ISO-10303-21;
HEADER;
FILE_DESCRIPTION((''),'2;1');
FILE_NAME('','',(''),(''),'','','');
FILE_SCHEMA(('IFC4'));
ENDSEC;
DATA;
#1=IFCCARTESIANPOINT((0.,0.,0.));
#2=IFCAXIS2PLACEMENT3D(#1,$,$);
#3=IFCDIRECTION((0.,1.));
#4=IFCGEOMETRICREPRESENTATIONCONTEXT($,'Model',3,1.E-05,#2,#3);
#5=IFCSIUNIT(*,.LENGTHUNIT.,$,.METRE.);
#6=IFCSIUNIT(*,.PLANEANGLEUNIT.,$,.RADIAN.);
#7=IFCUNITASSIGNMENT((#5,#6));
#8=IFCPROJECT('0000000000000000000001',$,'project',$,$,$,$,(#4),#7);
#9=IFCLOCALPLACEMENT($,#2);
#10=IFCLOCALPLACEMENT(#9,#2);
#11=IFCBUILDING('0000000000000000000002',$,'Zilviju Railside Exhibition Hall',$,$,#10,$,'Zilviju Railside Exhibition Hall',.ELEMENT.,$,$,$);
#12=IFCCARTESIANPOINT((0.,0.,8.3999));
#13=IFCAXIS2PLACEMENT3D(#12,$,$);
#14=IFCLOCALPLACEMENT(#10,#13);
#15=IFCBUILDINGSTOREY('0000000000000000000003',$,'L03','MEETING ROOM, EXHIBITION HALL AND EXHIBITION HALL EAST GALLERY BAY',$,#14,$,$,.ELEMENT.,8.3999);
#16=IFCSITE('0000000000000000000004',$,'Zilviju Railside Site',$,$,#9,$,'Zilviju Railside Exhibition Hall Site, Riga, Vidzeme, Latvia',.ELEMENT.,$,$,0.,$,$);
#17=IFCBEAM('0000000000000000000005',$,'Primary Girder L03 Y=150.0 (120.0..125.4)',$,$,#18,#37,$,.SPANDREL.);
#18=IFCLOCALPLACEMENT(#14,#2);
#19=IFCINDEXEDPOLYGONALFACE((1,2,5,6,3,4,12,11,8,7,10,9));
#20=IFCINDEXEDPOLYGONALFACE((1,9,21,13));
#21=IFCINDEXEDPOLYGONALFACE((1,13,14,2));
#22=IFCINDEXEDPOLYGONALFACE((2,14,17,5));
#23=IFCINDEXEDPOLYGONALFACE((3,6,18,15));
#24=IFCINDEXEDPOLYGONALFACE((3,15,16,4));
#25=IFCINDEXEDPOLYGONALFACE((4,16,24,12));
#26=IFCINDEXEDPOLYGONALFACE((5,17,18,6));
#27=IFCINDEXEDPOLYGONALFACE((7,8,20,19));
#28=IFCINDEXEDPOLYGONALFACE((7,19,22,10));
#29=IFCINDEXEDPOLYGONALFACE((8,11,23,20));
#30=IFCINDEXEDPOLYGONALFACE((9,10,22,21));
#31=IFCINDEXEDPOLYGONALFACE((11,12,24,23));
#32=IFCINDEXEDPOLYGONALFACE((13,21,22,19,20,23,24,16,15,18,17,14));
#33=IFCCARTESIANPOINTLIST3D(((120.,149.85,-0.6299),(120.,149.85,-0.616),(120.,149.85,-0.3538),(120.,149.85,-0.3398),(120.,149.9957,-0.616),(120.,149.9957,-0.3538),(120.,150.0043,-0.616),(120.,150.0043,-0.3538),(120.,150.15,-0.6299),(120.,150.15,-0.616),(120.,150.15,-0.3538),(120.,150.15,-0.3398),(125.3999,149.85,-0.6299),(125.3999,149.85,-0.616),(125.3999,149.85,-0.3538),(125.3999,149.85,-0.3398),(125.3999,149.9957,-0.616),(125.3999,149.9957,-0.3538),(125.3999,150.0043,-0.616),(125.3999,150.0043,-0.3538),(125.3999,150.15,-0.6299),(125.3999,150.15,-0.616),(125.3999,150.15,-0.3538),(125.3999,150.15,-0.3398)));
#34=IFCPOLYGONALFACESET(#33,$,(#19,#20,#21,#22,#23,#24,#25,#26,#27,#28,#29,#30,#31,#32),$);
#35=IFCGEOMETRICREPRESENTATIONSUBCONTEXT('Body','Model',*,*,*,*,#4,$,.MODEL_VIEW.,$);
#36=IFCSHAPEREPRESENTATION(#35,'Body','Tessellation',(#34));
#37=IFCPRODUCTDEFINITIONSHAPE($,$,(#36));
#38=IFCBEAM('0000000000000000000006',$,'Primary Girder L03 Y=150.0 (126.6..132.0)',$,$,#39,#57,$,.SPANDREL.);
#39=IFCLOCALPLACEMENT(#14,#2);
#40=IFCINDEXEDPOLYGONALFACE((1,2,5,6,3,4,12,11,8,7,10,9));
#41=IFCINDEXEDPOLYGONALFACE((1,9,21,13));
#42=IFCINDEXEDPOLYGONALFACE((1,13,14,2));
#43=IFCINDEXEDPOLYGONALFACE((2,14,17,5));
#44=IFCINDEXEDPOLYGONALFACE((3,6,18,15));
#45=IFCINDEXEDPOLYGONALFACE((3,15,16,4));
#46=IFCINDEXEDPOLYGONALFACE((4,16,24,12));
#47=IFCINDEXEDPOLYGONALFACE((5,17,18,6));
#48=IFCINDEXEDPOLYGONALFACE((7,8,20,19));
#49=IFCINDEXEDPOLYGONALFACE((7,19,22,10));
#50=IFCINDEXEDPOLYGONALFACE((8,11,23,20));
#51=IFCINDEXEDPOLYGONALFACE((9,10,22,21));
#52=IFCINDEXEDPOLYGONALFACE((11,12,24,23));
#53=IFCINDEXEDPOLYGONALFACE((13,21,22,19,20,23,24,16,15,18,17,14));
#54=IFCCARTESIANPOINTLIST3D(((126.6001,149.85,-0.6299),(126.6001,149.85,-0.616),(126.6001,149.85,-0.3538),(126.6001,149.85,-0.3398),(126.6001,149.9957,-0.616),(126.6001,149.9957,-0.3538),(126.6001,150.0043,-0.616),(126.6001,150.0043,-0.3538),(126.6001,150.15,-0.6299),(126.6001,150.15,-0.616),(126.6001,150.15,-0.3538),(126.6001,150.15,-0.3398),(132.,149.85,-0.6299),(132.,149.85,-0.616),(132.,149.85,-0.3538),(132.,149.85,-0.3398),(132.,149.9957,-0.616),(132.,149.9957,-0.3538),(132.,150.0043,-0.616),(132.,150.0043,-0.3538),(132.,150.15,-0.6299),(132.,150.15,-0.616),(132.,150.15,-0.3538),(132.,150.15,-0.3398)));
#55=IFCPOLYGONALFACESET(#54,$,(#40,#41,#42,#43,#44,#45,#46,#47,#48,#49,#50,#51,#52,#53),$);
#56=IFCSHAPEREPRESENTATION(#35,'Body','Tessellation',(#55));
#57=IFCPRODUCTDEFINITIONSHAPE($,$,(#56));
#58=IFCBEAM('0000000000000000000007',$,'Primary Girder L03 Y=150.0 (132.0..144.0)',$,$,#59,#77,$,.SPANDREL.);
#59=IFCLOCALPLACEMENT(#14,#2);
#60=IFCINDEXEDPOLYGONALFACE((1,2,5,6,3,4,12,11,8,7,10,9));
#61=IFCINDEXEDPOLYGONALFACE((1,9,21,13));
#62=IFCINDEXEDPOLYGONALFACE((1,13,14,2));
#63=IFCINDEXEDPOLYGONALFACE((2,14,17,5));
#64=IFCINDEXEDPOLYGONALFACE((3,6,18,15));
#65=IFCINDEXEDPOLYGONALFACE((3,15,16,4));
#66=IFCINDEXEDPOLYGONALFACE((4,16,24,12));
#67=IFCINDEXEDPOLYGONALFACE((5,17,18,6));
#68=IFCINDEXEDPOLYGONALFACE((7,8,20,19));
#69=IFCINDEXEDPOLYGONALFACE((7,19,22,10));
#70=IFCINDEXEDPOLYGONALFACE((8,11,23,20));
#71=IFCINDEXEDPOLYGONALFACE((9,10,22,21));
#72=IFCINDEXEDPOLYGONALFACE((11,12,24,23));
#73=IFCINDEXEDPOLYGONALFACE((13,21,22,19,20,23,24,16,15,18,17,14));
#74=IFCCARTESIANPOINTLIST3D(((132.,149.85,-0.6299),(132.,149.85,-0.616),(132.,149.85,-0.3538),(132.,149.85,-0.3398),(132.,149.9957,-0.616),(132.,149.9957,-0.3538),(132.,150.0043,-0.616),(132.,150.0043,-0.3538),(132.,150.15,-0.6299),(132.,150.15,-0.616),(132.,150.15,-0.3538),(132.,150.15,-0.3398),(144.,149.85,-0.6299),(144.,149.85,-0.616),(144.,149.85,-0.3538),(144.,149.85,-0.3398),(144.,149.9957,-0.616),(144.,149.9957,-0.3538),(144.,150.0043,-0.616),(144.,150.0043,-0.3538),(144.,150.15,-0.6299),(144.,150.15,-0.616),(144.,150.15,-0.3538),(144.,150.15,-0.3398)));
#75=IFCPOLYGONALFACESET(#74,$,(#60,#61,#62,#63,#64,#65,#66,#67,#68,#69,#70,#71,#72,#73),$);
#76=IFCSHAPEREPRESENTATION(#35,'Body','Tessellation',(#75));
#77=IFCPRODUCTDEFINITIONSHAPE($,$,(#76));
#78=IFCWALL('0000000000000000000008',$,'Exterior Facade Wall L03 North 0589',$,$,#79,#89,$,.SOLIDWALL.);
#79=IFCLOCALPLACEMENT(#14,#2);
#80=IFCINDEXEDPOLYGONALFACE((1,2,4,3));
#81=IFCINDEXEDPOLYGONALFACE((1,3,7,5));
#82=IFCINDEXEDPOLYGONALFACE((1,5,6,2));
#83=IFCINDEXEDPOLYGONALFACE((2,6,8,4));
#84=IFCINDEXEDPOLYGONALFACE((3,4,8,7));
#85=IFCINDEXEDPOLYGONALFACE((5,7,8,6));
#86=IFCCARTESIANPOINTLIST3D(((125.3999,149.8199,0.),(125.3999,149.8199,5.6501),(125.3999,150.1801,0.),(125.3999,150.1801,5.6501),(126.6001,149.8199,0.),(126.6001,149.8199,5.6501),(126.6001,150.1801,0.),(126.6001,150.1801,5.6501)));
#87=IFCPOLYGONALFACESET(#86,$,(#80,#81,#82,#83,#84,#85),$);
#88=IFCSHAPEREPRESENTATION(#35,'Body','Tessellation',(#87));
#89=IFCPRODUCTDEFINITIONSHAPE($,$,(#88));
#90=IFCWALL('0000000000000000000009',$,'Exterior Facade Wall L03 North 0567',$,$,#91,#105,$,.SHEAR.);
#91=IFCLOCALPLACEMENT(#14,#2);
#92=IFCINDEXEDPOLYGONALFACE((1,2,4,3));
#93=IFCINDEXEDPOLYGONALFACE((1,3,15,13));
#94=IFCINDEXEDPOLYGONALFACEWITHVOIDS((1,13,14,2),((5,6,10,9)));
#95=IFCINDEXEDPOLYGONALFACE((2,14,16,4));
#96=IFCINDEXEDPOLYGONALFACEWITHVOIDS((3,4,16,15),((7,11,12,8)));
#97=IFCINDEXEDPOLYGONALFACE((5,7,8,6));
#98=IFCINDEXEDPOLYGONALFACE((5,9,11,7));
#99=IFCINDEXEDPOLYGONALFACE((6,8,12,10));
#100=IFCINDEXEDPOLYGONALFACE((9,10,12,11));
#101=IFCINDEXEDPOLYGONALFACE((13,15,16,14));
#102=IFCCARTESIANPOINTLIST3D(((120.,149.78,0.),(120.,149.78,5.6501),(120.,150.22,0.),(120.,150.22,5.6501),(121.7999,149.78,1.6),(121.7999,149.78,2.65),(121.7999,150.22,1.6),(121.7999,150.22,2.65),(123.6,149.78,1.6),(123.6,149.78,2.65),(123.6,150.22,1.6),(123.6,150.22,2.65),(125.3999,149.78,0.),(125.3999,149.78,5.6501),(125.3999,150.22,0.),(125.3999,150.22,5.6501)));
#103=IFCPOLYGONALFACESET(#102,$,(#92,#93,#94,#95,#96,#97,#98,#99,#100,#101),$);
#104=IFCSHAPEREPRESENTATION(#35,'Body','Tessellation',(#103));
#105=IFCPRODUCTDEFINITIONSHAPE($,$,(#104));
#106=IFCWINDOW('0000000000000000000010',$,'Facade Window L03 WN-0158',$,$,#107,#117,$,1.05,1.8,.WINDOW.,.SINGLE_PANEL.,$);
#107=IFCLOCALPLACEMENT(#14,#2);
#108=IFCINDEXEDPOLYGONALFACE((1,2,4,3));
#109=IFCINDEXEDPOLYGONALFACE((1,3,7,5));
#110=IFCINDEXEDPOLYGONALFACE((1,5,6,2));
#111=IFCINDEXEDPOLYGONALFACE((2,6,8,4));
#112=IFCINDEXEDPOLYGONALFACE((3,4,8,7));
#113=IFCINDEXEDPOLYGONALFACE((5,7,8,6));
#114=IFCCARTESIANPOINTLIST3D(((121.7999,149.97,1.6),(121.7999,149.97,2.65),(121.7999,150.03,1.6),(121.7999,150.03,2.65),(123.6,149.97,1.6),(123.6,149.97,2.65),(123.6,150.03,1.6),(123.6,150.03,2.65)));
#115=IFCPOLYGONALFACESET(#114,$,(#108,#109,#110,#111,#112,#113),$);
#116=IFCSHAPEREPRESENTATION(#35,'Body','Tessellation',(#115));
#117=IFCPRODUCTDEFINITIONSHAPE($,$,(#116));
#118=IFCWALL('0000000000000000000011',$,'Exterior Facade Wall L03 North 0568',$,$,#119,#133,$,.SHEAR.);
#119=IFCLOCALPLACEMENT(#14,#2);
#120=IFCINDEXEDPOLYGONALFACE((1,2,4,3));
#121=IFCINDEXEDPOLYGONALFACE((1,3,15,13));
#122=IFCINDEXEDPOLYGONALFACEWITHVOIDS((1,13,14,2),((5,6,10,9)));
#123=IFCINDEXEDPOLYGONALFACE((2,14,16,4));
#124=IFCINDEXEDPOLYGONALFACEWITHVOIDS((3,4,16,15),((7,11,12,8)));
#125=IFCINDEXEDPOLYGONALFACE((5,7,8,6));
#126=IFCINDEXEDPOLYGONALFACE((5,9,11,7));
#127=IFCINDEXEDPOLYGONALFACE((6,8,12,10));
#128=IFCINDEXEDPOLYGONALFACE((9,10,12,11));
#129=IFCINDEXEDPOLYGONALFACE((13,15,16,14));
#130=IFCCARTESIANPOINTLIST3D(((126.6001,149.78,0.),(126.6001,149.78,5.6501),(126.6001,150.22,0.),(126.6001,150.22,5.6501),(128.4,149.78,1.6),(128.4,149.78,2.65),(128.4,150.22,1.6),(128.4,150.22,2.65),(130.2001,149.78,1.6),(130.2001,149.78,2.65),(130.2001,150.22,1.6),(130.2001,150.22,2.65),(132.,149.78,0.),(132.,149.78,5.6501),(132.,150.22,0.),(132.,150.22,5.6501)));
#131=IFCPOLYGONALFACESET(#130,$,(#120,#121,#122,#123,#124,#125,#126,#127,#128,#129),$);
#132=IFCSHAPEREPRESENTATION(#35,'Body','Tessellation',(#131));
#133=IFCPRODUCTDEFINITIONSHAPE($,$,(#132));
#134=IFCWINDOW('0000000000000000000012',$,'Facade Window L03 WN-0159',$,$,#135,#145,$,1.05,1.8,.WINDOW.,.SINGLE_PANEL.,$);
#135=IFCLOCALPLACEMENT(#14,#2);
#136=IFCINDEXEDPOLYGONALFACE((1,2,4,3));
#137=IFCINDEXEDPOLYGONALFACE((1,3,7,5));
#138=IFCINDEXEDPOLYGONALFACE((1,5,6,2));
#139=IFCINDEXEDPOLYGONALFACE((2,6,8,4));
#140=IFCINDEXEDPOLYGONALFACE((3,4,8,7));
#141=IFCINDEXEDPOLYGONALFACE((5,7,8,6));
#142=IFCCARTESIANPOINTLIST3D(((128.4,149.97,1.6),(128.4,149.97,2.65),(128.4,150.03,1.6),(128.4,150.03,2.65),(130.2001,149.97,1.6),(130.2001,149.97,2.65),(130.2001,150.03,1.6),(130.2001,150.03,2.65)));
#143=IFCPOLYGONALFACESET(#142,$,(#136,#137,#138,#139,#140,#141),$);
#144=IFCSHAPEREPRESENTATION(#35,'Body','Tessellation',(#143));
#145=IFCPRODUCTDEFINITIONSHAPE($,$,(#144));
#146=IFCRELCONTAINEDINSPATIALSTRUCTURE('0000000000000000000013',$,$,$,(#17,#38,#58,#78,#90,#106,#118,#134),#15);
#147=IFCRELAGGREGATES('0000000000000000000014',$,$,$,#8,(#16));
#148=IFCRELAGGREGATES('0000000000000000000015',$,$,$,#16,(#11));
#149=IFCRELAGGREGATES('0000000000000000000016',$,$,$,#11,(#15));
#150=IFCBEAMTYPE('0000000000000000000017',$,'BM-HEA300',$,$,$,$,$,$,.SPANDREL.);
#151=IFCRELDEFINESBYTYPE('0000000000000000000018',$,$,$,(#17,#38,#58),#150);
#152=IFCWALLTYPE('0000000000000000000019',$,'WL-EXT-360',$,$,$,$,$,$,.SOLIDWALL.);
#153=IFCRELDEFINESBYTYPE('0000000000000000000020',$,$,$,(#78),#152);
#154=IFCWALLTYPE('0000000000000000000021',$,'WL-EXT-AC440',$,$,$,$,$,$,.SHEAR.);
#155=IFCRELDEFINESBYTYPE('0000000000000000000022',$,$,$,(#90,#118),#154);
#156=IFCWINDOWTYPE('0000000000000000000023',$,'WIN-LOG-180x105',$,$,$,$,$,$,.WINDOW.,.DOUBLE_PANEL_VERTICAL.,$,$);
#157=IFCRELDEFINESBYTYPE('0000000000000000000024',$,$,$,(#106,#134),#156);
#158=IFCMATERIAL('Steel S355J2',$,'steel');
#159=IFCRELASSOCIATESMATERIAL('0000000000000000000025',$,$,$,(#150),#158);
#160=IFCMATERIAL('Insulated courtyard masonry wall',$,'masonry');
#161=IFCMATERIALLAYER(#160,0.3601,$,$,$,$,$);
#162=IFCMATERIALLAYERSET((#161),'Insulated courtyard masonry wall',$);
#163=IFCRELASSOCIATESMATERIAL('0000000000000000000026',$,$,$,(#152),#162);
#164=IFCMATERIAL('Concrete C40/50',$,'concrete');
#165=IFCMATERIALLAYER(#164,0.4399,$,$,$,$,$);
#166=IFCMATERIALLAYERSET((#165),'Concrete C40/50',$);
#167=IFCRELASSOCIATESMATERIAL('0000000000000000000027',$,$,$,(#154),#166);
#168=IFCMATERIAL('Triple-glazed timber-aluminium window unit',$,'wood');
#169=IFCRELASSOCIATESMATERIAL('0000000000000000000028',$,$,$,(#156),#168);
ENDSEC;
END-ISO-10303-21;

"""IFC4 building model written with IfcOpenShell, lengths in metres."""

from ifc_helpers import new_model, si_unit, direction, frame, frame_2d, origin, origin_2d, place, context, subcontext, project, spatial, rectangle, i_section, extrude, material, layer, layer_set, material_profile, profile_set, type_object, element, fill, save


model = new_model("IFC4")

# Units and contexts
model_context = context("Model", 3, precision=1e-05, world=origin(), true_north=direction((0.0, 1.0)))
body_context = subcontext(model_context, "Body", "Model", "MODEL_VIEW")
ifc_project = project(units=[si_unit("LENGTHUNIT", "METRE"), si_unit("PLANEANGLEUNIT", "RADIAN")], contexts=[model_context])

# Site, building, storey
site_placement = place(None, origin())
site = spatial("IfcSite", under=ifc_project, at=site_placement, Name="Zilviju Railside Site", LongName="Zilviju Railside Exhibition Hall Site, Riga, Vidzeme, Latvia", CompositionType="ELEMENT", RefElevation=0.0)
building_placement = place(site_placement, origin())
building = spatial("IfcBuilding", under=site, at=building_placement, Name="Zilviju Railside Exhibition Hall", LongName="Zilviju Railside Exhibition Hall", CompositionType="ELEMENT")
storey_placement = place(building_placement, frame((0.0, 0.0, 8.3999)))
storey = spatial("IfcBuildingStorey", under=building, at=storey_placement, Name="L03", Description="MEETING ROOM, EXHIBITION HALL AND EXHIBITION HALL EAST GALLERY BAY", CompositionType="ELEMENT", Elevation=8.3999)

# Shared definitions
ifc_material_1 = material(Name="Concrete C40/50", Category="concrete")
ifc_material_2 = material(Name="Steel S355J2", Category="steel")

# Beams
ifc_material_profile_1 = material_profile(ifc_material_2, i_section(OverallWidth=0.3, OverallDepth=0.29, WebThickness=0.0085, FlangeThickness=0.0139, at=origin_2d()), Name="HEA 300")
ifc_profile_set_1 = profile_set([ifc_material_profile_1], Name="Steel S355J2")
beam_type = type_object("IfcBeamType", Name="BM-HEA300", PredefinedType="SPANDREL", material=ifc_profile_set_1)
for number, where, z_axis, x_axis, name in (
    (1, (120.0, 150.0, -0.4849), (1.0, 0.0, 0.0), (0.0, 1.0, 0.0), "Primary Girder L03 Y=150.0 (120.0..125.4)"),
    (2, (126.6001, 150.0, -0.4849), (1.0, 0.0, 0.0), (0.0, 1.0, 0.0), "Primary Girder L03 Y=150.0 (126.6..132.0)"),
):
    element("IfcBeam", number, at=place(storey_placement, frame(where, z_axis=z_axis, x_axis=x_axis)), inside=storey, type_object=beam_type, Name=name, PredefinedType="SPANDREL", context=body_context, shape_type="SweptSolid", body=[
        extrude(i_section(OverallWidth=0.3, OverallDepth=0.29, WebThickness=0.0085, FlangeThickness=0.0139, at=origin_2d()), origin(), (0.0, 0.0, 1.0), 5.3999),
    ])
beam_1_placement = place(storey_placement, frame((132.0, 150.0, -0.4849), z_axis=(1.0, 0.0, 0.0), x_axis=(0.0, 1.0, 0.0)))
element("IfcBeam", 3, at=beam_1_placement, inside=storey, type_object=beam_type, Name="Primary Girder L03 Y=150.0 (132.0..144.0)", PredefinedType="SPANDREL", context=body_context, shape_type="SweptSolid", body=[
    extrude(i_section(OverallWidth=0.3, OverallDepth=0.29, WebThickness=0.0085, FlangeThickness=0.0139, at=origin_2d()), origin(), (0.0, 0.0, 1.0), 12.0),
])

# Wall
ifc_material_3 = material(Name="Insulated courtyard masonry wall", Category="masonry")
ifc_layer_1 = layer(ifc_material_3, 0.3601)
ifc_layer_set_1 = layer_set([ifc_layer_1], Name="Insulated courtyard masonry wall")
wall_type_1 = type_object("IfcWallType", Name="WL-EXT-360", PredefinedType="SOLIDWALL", material=ifc_layer_set_1)
wall_1_placement = place(storey_placement, frame((125.3999, 150.0, 0.0), z_axis=(0.0, 0.0, 1.0), x_axis=(1.0, 0.0, 0.0)))
element("IfcWall", 4, at=wall_1_placement, inside=storey, type_object=wall_type_1, Name="Exterior Facade Wall L03 North 0589", PredefinedType="SOLIDWALL", context=body_context, shape_type="SweptSolid", body=[
    extrude(rectangle(XDim=1.2002, YDim=0.3601, at=frame_2d((0.6001, 0.0))), origin(), (0.0, 0.0, 1.0), 5.6501),
])

# Walls, openings, windows
ifc_layer_2 = layer(ifc_material_1, 0.4399)
ifc_layer_set_2 = layer_set([ifc_layer_2], Name="Concrete C40/50")
wall_type_2 = type_object("IfcWallType", Name="WL-EXT-AC440", PredefinedType="SHEAR", material=ifc_layer_set_2)
wall_2_placement = place(storey_placement, frame((120.0, 150.0, 0.0), z_axis=(0.0, 0.0, 1.0), x_axis=(1.0, 0.0, 0.0)))
wall_2 = element("IfcWall", 5, at=wall_2_placement, inside=storey, type_object=wall_type_2, Name="Exterior Facade Wall L03 North 0567", PredefinedType="SHEAR", context=body_context, shape_type="SweptSolid", body=[
    extrude(rectangle(XDim=5.3999, YDim=0.4399, at=frame_2d((2.7, 0.0))), origin(), (0.0, 0.0, 1.0), 5.6501),
])
opening_1_placement = place(wall_2_placement, frame((1.8, 0.0, 1.6001)))
opening_1 = element("IfcOpeningElement", 6, at=opening_1_placement, cuts=wall_2, PredefinedType="OPENING", context=body_context, shape_type="SweptSolid", body=[
    extrude(rectangle(XDim=1.8, YDim=1.05, at=frame_2d((0.8999, 0.5249))), frame((0.0, 0.23, 0.0), z_axis=(0.0, -1.0, 0.0), x_axis=(1.0, 0.0, 0.0)), (0.0, 0.0, 1.0), 0.46),
])
ifc_material_4 = material(Name="Triple-glazed timber-aluminium window unit", Category="wood")
window_type = type_object("IfcWindowType", Name="WIN-LOG-180x105", PartitioningType="DOUBLE_PANEL_VERTICAL", PredefinedType="WINDOW", material=ifc_material_4)
window_1_placement = place(opening_1_placement, origin())
window_1 = element("IfcWindow", 7, at=window_1_placement, inside=storey, type_object=window_type, Name="Facade Window L03 WN-0158", OverallHeight=1.05, OverallWidth=1.8, PartitioningType="SINGLE_PANEL", PredefinedType="WINDOW", context=body_context, shape_type="SweptSolid", body=[
    extrude(rectangle(XDim=1.8, YDim=1.05, at=frame_2d((0.8999, 0.5249))), frame((0.0, 0.03, 0.0), z_axis=(0.0, -1.0, 0.0), x_axis=(1.0, 0.0, 0.0)), (0.0, 0.0, 1.0), 0.0601),
])
fill(opening_1, window_1)
wall_3_placement = place(storey_placement, frame((126.6001, 150.0, 0.0), z_axis=(0.0, 0.0, 1.0), x_axis=(1.0, 0.0, 0.0)))
wall_3 = element("IfcWall", 8, at=wall_3_placement, inside=storey, type_object=wall_type_2, Name="Exterior Facade Wall L03 North 0568", PredefinedType="SHEAR", context=body_context, shape_type="SweptSolid", body=[
    extrude(rectangle(XDim=5.3999, YDim=0.4399, at=frame_2d((2.7, 0.0))), origin(), (0.0, 0.0, 1.0), 5.6501),
])
opening_2_placement = place(wall_3_placement, frame((1.8, 0.0, 1.6001)))
opening_2 = element("IfcOpeningElement", 9, at=opening_2_placement, cuts=wall_3, PredefinedType="OPENING", context=body_context, shape_type="SweptSolid", body=[
    extrude(rectangle(XDim=1.8, YDim=1.05, at=frame_2d((0.8999, 0.5249))), frame((0.0, 0.23, 0.0), z_axis=(0.0, -1.0, 0.0), x_axis=(1.0, 0.0, 0.0)), (0.0, 0.0, 1.0), 0.46),
])
window_2_placement = place(opening_2_placement, origin())
window_2 = element("IfcWindow", 10, at=window_2_placement, inside=storey, type_object=window_type, Name="Facade Window L03 WN-0159", OverallHeight=1.05, OverallWidth=1.8, PartitioningType="SINGLE_PANEL", PredefinedType="WINDOW", context=body_context, shape_type="SweptSolid", body=[
    extrude(rectangle(XDim=1.8, YDim=1.05, at=frame_2d((0.8999, 0.5249))), frame((0.0, 0.03, 0.0), z_axis=(0.0, -1.0, 0.0), x_axis=(1.0, 0.0, 0.0)), (0.0, 0.0, 1.0), 0.0601),
])
fill(opening_2, window_2)

save(model, "model.ifc")
